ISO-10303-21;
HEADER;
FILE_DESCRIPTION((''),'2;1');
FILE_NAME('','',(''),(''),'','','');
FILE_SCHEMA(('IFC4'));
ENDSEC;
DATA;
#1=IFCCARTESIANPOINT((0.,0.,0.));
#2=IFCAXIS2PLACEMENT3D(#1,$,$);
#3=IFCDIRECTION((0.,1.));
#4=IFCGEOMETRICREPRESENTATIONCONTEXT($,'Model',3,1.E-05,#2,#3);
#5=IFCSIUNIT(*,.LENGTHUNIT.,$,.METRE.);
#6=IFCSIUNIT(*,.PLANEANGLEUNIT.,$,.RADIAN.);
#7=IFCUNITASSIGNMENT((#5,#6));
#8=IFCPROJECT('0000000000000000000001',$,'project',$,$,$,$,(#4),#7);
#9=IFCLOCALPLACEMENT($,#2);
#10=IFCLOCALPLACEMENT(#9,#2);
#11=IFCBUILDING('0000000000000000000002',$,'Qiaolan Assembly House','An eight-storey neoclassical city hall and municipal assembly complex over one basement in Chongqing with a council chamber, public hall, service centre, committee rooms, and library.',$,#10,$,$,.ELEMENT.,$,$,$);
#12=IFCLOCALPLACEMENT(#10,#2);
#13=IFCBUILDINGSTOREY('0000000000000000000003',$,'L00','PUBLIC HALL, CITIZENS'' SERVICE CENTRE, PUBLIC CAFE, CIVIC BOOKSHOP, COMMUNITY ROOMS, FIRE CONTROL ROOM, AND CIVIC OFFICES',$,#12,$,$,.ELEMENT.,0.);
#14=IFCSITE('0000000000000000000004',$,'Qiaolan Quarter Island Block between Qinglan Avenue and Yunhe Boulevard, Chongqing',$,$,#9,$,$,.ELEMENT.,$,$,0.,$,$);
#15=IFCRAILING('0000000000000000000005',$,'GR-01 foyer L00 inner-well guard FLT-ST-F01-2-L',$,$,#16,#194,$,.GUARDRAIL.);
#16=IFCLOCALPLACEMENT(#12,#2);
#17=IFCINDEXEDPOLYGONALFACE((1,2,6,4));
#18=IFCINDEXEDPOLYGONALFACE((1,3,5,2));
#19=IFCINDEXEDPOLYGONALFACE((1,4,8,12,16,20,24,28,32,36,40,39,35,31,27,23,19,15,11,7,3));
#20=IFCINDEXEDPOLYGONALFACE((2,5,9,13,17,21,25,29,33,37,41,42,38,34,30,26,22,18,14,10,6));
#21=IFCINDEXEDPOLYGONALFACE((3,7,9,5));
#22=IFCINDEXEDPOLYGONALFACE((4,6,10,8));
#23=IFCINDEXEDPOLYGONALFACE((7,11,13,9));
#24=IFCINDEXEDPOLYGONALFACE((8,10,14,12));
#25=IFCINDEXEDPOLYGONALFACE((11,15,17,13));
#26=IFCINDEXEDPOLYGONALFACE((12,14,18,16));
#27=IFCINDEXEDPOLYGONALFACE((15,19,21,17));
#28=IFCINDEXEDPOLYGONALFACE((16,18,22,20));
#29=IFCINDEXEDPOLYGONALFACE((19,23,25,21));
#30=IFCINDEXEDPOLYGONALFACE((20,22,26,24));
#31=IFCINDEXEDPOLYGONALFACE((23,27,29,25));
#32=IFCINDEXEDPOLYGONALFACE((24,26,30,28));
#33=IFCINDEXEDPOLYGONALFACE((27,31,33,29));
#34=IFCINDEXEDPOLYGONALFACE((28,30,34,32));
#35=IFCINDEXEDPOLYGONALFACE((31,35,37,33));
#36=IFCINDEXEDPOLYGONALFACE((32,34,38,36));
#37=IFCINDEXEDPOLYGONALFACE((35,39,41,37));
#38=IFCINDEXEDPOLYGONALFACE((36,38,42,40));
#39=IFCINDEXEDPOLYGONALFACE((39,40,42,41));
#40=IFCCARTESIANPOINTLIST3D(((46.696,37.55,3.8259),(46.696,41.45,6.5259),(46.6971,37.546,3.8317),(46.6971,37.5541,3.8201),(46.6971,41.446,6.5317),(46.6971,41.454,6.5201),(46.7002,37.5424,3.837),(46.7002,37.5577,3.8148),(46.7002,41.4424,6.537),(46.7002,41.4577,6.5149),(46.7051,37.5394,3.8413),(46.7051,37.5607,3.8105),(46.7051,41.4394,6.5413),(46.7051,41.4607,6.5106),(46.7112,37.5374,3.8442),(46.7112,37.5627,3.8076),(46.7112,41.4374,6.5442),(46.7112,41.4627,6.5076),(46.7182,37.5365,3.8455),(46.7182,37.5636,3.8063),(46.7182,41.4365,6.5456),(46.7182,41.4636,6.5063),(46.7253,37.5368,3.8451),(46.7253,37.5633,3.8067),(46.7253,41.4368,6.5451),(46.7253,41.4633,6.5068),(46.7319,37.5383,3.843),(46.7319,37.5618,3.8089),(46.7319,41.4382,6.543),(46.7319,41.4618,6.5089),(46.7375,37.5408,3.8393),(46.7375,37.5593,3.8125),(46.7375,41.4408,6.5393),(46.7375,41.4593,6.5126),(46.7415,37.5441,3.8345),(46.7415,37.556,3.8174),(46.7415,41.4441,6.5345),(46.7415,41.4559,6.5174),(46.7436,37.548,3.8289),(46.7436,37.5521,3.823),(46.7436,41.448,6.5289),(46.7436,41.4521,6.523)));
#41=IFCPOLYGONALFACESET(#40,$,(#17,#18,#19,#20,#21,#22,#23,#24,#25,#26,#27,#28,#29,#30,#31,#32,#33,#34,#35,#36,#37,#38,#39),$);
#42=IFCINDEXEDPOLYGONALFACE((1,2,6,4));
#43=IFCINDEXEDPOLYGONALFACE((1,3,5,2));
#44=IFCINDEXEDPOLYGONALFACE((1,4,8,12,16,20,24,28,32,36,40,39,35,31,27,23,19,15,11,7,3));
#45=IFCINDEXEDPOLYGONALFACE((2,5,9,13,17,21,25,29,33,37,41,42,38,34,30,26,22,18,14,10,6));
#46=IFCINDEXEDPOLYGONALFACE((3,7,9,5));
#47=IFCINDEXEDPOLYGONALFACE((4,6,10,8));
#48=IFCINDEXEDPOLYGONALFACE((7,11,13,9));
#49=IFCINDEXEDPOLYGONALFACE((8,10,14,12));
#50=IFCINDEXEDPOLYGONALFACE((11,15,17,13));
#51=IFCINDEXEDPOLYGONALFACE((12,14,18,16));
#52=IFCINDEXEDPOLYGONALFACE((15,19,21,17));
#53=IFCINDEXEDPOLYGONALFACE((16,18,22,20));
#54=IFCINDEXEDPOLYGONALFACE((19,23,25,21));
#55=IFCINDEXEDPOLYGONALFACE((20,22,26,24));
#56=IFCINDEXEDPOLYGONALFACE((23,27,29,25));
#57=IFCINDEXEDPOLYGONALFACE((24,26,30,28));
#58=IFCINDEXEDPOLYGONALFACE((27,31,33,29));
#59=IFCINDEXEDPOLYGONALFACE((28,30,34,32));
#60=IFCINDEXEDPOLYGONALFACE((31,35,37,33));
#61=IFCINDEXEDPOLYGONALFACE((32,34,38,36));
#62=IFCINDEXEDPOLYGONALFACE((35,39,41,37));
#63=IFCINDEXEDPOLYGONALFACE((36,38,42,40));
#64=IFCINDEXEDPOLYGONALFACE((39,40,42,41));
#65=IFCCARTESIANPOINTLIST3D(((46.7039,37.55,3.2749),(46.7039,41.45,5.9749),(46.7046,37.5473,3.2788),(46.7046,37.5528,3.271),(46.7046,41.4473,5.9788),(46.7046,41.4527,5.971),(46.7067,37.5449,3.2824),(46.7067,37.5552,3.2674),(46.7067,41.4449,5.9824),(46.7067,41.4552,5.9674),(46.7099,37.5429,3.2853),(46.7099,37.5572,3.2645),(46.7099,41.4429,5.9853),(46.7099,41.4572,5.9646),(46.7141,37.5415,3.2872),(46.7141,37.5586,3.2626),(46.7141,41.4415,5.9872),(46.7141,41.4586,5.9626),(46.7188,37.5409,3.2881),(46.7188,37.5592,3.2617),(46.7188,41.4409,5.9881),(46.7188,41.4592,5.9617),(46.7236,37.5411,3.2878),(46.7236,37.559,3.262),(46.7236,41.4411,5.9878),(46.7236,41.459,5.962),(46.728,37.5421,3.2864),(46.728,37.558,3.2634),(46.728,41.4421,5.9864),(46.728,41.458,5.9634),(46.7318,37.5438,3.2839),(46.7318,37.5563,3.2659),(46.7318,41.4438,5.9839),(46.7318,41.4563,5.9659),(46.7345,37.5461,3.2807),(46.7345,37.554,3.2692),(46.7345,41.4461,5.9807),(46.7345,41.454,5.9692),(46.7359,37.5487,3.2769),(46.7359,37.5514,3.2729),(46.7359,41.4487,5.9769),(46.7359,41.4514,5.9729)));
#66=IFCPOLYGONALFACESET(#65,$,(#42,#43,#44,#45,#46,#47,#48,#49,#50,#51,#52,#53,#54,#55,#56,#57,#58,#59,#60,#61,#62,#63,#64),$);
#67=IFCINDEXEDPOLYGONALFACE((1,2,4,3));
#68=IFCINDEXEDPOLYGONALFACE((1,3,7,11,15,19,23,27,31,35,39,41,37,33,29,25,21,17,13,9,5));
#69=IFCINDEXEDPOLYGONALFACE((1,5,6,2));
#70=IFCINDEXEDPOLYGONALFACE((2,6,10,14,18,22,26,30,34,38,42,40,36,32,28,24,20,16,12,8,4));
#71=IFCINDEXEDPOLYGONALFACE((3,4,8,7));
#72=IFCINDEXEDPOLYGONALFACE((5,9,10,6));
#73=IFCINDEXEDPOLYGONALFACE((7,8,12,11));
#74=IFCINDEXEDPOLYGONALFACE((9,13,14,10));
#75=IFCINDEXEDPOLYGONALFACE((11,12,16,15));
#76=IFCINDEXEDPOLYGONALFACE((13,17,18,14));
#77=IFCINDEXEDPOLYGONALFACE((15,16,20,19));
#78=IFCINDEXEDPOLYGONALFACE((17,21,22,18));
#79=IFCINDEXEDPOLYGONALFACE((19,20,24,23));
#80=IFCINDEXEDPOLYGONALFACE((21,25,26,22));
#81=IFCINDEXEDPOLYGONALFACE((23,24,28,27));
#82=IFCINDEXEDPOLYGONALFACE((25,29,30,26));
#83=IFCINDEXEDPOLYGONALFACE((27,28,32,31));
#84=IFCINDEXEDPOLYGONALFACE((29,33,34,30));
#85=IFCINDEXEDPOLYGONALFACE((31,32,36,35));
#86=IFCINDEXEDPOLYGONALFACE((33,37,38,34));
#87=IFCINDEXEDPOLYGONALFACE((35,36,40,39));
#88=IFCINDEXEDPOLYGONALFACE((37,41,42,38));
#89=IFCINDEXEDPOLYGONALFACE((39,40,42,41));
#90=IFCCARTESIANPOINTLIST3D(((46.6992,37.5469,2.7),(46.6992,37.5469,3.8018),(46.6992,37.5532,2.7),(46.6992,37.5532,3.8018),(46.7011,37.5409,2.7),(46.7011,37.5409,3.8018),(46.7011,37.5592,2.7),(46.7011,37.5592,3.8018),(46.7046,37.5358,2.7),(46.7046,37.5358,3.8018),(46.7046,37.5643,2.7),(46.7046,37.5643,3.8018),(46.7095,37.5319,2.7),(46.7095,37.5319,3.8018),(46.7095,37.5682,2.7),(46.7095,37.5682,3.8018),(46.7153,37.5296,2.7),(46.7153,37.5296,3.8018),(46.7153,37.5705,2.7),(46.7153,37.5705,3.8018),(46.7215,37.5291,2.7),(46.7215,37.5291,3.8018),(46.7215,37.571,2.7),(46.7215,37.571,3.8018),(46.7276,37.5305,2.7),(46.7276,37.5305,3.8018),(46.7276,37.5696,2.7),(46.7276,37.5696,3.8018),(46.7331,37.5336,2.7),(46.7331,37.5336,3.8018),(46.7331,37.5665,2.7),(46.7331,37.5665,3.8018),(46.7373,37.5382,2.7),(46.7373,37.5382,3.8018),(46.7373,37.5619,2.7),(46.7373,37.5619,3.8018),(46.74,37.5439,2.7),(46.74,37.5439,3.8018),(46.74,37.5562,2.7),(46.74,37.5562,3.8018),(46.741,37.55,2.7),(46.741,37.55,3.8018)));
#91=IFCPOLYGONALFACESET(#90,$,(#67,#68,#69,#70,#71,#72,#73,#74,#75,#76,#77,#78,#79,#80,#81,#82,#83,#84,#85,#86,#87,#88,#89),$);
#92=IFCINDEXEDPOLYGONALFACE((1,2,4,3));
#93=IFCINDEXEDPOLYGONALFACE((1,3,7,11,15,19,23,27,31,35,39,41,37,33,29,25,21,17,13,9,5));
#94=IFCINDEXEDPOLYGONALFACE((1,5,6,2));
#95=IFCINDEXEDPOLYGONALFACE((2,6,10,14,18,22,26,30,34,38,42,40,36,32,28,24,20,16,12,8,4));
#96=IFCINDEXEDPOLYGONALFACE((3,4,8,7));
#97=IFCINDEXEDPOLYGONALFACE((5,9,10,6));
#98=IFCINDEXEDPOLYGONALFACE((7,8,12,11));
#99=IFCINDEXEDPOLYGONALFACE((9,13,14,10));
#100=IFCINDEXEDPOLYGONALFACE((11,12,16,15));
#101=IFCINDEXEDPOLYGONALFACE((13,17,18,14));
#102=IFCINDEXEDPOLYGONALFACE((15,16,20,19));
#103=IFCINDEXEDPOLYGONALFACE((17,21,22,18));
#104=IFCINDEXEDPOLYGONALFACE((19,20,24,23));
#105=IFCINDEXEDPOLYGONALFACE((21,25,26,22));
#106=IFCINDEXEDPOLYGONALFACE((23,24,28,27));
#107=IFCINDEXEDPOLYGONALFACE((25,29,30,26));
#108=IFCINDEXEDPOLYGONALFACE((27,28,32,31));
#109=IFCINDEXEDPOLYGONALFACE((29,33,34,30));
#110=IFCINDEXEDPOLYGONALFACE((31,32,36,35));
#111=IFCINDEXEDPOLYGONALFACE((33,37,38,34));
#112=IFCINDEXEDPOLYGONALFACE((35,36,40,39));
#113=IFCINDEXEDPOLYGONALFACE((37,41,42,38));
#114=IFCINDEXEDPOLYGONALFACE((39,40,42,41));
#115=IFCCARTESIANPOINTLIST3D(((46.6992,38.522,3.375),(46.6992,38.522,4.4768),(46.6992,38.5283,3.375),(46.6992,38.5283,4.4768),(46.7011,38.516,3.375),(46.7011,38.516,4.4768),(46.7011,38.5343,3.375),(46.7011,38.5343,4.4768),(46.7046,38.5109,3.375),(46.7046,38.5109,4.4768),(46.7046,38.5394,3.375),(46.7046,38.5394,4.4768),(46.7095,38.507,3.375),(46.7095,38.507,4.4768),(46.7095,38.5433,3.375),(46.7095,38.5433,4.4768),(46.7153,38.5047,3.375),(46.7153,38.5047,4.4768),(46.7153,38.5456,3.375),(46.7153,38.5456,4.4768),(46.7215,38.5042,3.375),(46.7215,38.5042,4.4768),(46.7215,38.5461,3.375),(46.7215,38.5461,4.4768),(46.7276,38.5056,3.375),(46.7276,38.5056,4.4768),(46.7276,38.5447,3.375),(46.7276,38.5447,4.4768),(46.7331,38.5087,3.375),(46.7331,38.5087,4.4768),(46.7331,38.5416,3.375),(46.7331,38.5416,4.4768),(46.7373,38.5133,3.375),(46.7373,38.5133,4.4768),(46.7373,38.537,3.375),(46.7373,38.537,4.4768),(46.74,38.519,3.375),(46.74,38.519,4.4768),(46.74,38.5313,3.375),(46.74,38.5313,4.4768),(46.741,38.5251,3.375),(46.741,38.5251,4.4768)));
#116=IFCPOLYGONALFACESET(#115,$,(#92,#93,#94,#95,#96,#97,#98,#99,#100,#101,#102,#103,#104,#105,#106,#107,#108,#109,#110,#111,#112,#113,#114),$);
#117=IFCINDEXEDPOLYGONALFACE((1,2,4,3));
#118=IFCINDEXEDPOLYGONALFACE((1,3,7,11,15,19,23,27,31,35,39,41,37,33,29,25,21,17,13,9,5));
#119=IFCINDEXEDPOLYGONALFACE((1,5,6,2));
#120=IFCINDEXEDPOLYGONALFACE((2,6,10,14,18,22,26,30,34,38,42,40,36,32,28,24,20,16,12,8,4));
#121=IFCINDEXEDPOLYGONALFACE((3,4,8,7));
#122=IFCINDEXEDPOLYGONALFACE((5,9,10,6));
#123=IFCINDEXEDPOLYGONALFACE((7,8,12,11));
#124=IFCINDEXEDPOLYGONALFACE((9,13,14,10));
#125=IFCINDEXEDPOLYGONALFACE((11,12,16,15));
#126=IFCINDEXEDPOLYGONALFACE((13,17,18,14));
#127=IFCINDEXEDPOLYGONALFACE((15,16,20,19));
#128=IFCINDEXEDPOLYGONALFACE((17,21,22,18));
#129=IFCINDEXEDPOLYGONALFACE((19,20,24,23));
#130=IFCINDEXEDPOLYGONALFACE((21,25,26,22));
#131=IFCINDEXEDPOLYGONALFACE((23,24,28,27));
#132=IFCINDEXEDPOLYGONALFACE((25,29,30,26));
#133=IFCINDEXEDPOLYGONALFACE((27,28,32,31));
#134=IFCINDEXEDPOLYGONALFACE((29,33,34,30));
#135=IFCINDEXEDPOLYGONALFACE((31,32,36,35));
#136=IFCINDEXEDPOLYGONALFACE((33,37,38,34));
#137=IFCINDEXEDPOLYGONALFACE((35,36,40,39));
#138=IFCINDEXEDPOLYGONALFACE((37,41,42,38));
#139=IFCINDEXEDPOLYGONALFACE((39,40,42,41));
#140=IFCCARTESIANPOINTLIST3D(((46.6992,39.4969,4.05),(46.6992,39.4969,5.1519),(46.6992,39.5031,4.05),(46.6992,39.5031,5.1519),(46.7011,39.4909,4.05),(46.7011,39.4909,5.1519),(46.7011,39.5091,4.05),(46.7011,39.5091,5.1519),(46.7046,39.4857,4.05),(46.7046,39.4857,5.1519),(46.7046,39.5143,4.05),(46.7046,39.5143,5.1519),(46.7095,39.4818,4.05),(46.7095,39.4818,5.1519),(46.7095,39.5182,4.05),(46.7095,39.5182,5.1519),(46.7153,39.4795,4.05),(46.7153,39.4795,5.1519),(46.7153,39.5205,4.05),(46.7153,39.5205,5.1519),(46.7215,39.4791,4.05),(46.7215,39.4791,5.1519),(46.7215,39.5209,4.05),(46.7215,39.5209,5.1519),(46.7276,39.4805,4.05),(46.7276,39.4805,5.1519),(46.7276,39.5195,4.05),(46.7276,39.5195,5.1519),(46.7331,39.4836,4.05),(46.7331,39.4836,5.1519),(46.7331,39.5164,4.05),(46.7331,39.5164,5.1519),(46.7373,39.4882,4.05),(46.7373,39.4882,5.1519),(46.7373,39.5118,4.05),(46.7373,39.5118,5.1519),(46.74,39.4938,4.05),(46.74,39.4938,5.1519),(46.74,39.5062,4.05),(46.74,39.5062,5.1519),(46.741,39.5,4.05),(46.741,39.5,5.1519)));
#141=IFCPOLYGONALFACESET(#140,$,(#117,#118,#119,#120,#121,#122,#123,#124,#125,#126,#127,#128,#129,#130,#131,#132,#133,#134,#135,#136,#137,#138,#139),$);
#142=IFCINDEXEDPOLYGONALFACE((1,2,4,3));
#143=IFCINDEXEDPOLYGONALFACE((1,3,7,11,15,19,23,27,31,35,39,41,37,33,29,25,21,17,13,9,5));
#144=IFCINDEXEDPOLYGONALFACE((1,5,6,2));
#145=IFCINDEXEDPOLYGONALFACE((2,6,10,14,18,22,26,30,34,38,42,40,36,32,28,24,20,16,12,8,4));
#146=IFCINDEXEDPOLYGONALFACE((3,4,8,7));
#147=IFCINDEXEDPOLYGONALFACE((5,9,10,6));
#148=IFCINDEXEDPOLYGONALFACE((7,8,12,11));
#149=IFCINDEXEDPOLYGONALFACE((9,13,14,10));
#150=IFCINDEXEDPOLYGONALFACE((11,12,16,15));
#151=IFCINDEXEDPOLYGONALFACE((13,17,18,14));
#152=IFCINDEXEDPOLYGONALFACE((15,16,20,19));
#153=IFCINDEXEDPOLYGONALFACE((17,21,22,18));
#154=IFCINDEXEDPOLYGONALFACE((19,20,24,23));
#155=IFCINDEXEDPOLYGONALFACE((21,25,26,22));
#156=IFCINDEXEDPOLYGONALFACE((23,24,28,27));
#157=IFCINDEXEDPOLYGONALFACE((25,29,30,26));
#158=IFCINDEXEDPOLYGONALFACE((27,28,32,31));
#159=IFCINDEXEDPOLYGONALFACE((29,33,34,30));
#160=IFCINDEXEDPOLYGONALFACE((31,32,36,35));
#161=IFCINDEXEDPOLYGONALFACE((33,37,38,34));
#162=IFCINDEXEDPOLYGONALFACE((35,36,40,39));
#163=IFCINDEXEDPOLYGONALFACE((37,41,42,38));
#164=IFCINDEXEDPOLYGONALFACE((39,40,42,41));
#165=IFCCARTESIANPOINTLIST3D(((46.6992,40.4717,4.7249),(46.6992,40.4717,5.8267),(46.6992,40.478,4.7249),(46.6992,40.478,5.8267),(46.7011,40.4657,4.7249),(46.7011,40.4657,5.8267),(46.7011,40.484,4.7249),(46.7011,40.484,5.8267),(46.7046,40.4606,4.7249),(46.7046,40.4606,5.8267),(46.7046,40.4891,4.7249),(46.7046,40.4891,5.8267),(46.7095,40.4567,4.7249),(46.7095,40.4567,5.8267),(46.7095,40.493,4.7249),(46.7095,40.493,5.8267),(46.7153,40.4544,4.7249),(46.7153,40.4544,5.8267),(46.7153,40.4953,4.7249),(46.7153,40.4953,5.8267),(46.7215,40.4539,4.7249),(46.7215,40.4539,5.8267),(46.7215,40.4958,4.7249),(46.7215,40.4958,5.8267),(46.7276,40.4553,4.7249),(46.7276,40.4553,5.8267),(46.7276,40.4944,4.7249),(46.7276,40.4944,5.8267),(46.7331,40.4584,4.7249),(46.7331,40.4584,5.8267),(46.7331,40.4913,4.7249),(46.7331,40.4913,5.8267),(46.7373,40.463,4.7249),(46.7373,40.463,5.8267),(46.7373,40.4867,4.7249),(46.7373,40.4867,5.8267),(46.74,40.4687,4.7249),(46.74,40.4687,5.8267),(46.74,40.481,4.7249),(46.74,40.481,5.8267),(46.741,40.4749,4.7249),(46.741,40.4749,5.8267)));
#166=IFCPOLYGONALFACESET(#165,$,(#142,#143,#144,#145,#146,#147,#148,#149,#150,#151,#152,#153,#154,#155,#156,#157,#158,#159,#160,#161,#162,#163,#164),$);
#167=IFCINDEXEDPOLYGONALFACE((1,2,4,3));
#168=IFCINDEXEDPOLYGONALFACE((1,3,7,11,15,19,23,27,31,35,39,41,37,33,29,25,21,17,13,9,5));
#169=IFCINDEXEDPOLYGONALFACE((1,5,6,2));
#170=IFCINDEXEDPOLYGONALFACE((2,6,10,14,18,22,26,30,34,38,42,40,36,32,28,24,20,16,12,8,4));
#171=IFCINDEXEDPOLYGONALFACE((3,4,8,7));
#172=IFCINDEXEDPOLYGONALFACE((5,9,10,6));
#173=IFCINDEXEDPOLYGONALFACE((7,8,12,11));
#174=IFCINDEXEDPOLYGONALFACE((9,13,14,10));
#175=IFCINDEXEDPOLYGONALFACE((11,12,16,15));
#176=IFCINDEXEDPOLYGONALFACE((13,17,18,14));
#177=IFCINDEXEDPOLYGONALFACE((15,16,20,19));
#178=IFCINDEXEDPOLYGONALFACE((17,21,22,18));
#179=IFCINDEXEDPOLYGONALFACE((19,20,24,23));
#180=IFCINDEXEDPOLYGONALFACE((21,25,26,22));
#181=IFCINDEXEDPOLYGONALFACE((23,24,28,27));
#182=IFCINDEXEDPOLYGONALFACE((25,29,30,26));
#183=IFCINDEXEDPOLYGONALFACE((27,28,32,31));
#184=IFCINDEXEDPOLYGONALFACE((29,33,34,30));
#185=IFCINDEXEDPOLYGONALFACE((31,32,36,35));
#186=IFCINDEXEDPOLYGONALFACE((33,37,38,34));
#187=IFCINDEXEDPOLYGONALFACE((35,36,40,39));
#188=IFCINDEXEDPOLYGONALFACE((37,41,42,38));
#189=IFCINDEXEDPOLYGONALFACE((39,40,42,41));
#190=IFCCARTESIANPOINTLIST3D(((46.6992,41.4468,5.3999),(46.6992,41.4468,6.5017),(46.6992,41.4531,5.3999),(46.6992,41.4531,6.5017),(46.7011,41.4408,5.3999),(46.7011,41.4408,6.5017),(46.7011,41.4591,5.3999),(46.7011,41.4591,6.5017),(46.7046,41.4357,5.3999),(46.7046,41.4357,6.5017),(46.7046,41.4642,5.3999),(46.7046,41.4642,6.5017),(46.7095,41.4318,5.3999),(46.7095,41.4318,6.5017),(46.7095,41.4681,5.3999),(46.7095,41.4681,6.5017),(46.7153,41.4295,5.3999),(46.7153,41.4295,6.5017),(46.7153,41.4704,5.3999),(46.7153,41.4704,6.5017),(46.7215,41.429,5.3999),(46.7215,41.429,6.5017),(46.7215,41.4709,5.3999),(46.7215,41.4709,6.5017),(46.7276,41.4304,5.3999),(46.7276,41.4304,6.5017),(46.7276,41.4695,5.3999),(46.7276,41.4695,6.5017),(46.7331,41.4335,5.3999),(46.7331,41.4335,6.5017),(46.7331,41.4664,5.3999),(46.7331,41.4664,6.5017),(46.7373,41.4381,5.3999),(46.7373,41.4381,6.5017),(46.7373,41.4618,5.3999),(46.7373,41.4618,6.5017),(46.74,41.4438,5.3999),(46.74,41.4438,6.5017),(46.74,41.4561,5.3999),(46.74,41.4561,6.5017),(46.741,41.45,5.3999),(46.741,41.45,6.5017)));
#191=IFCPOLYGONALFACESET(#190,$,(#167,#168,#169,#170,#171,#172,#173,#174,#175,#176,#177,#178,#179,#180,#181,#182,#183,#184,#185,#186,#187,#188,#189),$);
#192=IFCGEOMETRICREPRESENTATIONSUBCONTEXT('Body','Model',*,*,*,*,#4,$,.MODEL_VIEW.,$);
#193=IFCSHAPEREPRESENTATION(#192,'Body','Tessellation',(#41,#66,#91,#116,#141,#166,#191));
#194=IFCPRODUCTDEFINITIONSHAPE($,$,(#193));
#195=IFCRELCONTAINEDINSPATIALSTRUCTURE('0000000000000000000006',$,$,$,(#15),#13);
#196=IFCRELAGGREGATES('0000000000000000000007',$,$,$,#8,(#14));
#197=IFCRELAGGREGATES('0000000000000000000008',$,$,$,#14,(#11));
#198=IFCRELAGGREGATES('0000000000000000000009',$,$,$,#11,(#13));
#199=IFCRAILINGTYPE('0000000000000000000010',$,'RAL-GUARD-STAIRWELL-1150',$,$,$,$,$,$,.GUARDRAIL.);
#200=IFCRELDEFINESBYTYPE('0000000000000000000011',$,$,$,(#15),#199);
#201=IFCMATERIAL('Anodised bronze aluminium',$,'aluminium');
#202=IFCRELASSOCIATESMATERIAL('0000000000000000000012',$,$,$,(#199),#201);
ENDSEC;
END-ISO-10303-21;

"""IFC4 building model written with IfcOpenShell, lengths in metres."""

from ifc_helpers import new_model, si_unit, direction, frame, origin, origin_2d, place, context, subcontext, project, spatial, circle, extrude, material, type_object, element, save


model = new_model("IFC4")

# Units and contexts
model_context = context("Model", 3, precision=1e-05, world=origin(), true_north=direction((0.0, 1.0)))
body_context = subcontext(model_context, "Body", "Model", "MODEL_VIEW")
ifc_project = project(units=[si_unit("LENGTHUNIT", "METRE"), si_unit("PLANEANGLEUNIT", "RADIAN")], contexts=[model_context])

# Site, building, storey
site_placement = place(None, origin())
site = spatial("IfcSite", under=ifc_project, at=site_placement, Name="Qiaolan Quarter Island Block between Qinglan Avenue and Yunhe Boulevard, Chongqing", CompositionType="ELEMENT", RefElevation=0.0)
building_placement = place(site_placement, origin())
building = spatial("IfcBuilding", under=site, at=building_placement, Name="Qiaolan Assembly House", Description="An eight-storey neoclassical city hall and municipal assembly complex over one basement in Chongqing with a council chamber, public hall, service centre, committee rooms, and library.", CompositionType="ELEMENT")
storey_placement = place(building_placement, origin())
storey = spatial("IfcBuildingStorey", under=building, at=storey_placement, Name="L00", Description="PUBLIC HALL, CITIZENS' SERVICE CENTRE, PUBLIC CAFE, CIVIC BOOKSHOP, COMMUNITY ROOMS, FIRE CONTROL ROOM, AND CIVIC OFFICES", CompositionType="ELEMENT", Elevation=0.0)

# Shared definitions
ifc_material_1 = material(Name="Anodised bronze aluminium", Category="aluminium")

# Railing
railing_type_1 = type_object("IfcRailingType", Name="RAL-GUARD-STAIRWELL-1150", PredefinedType="GUARDRAIL", material=ifc_material_1)
railing_1_placement = place(storey_placement, frame((46.72, 37.55, 2.7)))
element("IfcRailing", 1, at=railing_1_placement, inside=storey, type_object=railing_type_1, Name="GR-01 foyer L00 inner-well guard FLT-ST-F01-2-L", PredefinedType="GUARDRAIL", context=body_context, shape_type="SweptSolid", body=[
    extrude(circle(Radius=0.0239, at=origin_2d()), frame((0.0, 0.0, 1.126), z_axis=(0.0, 0.82219, 0.569213), x_axis=(-1.0, 0.0, 0.0)), (0.0, 0.0, 1.0), 4.7434),
    extrude(circle(Radius=0.0161, at=origin_2d()), frame((0.0, 0.0, 0.575), z_axis=(0.0, 0.82219, 0.569213), x_axis=(-1.0, 0.0, 0.0)), (0.0, 0.0, 1.0), 4.7434),
    extrude(circle(Radius=0.021, at=origin_2d()), origin(), (0.0, 0.0, 1.0), 1.1018),
    extrude(circle(Radius=0.021, at=origin_2d()), frame((0.0, 0.9751, 0.675)), (0.0, 0.0, 1.0), 1.1018),
    extrude(circle(Radius=0.021, at=origin_2d()), frame((0.0, 1.95, 1.3501)), (0.0, 0.0, 1.0), 1.1018),
    extrude(circle(Radius=0.021, at=origin_2d()), frame((0.0, 2.9248, 2.0249)), (0.0, 0.0, 1.0), 1.1018),
    extrude(circle(Radius=0.021, at=origin_2d()), frame((0.0, 3.8999, 2.7)), (0.0, 0.0, 1.0), 1.1018),
])

save(model, "model.ifc")
